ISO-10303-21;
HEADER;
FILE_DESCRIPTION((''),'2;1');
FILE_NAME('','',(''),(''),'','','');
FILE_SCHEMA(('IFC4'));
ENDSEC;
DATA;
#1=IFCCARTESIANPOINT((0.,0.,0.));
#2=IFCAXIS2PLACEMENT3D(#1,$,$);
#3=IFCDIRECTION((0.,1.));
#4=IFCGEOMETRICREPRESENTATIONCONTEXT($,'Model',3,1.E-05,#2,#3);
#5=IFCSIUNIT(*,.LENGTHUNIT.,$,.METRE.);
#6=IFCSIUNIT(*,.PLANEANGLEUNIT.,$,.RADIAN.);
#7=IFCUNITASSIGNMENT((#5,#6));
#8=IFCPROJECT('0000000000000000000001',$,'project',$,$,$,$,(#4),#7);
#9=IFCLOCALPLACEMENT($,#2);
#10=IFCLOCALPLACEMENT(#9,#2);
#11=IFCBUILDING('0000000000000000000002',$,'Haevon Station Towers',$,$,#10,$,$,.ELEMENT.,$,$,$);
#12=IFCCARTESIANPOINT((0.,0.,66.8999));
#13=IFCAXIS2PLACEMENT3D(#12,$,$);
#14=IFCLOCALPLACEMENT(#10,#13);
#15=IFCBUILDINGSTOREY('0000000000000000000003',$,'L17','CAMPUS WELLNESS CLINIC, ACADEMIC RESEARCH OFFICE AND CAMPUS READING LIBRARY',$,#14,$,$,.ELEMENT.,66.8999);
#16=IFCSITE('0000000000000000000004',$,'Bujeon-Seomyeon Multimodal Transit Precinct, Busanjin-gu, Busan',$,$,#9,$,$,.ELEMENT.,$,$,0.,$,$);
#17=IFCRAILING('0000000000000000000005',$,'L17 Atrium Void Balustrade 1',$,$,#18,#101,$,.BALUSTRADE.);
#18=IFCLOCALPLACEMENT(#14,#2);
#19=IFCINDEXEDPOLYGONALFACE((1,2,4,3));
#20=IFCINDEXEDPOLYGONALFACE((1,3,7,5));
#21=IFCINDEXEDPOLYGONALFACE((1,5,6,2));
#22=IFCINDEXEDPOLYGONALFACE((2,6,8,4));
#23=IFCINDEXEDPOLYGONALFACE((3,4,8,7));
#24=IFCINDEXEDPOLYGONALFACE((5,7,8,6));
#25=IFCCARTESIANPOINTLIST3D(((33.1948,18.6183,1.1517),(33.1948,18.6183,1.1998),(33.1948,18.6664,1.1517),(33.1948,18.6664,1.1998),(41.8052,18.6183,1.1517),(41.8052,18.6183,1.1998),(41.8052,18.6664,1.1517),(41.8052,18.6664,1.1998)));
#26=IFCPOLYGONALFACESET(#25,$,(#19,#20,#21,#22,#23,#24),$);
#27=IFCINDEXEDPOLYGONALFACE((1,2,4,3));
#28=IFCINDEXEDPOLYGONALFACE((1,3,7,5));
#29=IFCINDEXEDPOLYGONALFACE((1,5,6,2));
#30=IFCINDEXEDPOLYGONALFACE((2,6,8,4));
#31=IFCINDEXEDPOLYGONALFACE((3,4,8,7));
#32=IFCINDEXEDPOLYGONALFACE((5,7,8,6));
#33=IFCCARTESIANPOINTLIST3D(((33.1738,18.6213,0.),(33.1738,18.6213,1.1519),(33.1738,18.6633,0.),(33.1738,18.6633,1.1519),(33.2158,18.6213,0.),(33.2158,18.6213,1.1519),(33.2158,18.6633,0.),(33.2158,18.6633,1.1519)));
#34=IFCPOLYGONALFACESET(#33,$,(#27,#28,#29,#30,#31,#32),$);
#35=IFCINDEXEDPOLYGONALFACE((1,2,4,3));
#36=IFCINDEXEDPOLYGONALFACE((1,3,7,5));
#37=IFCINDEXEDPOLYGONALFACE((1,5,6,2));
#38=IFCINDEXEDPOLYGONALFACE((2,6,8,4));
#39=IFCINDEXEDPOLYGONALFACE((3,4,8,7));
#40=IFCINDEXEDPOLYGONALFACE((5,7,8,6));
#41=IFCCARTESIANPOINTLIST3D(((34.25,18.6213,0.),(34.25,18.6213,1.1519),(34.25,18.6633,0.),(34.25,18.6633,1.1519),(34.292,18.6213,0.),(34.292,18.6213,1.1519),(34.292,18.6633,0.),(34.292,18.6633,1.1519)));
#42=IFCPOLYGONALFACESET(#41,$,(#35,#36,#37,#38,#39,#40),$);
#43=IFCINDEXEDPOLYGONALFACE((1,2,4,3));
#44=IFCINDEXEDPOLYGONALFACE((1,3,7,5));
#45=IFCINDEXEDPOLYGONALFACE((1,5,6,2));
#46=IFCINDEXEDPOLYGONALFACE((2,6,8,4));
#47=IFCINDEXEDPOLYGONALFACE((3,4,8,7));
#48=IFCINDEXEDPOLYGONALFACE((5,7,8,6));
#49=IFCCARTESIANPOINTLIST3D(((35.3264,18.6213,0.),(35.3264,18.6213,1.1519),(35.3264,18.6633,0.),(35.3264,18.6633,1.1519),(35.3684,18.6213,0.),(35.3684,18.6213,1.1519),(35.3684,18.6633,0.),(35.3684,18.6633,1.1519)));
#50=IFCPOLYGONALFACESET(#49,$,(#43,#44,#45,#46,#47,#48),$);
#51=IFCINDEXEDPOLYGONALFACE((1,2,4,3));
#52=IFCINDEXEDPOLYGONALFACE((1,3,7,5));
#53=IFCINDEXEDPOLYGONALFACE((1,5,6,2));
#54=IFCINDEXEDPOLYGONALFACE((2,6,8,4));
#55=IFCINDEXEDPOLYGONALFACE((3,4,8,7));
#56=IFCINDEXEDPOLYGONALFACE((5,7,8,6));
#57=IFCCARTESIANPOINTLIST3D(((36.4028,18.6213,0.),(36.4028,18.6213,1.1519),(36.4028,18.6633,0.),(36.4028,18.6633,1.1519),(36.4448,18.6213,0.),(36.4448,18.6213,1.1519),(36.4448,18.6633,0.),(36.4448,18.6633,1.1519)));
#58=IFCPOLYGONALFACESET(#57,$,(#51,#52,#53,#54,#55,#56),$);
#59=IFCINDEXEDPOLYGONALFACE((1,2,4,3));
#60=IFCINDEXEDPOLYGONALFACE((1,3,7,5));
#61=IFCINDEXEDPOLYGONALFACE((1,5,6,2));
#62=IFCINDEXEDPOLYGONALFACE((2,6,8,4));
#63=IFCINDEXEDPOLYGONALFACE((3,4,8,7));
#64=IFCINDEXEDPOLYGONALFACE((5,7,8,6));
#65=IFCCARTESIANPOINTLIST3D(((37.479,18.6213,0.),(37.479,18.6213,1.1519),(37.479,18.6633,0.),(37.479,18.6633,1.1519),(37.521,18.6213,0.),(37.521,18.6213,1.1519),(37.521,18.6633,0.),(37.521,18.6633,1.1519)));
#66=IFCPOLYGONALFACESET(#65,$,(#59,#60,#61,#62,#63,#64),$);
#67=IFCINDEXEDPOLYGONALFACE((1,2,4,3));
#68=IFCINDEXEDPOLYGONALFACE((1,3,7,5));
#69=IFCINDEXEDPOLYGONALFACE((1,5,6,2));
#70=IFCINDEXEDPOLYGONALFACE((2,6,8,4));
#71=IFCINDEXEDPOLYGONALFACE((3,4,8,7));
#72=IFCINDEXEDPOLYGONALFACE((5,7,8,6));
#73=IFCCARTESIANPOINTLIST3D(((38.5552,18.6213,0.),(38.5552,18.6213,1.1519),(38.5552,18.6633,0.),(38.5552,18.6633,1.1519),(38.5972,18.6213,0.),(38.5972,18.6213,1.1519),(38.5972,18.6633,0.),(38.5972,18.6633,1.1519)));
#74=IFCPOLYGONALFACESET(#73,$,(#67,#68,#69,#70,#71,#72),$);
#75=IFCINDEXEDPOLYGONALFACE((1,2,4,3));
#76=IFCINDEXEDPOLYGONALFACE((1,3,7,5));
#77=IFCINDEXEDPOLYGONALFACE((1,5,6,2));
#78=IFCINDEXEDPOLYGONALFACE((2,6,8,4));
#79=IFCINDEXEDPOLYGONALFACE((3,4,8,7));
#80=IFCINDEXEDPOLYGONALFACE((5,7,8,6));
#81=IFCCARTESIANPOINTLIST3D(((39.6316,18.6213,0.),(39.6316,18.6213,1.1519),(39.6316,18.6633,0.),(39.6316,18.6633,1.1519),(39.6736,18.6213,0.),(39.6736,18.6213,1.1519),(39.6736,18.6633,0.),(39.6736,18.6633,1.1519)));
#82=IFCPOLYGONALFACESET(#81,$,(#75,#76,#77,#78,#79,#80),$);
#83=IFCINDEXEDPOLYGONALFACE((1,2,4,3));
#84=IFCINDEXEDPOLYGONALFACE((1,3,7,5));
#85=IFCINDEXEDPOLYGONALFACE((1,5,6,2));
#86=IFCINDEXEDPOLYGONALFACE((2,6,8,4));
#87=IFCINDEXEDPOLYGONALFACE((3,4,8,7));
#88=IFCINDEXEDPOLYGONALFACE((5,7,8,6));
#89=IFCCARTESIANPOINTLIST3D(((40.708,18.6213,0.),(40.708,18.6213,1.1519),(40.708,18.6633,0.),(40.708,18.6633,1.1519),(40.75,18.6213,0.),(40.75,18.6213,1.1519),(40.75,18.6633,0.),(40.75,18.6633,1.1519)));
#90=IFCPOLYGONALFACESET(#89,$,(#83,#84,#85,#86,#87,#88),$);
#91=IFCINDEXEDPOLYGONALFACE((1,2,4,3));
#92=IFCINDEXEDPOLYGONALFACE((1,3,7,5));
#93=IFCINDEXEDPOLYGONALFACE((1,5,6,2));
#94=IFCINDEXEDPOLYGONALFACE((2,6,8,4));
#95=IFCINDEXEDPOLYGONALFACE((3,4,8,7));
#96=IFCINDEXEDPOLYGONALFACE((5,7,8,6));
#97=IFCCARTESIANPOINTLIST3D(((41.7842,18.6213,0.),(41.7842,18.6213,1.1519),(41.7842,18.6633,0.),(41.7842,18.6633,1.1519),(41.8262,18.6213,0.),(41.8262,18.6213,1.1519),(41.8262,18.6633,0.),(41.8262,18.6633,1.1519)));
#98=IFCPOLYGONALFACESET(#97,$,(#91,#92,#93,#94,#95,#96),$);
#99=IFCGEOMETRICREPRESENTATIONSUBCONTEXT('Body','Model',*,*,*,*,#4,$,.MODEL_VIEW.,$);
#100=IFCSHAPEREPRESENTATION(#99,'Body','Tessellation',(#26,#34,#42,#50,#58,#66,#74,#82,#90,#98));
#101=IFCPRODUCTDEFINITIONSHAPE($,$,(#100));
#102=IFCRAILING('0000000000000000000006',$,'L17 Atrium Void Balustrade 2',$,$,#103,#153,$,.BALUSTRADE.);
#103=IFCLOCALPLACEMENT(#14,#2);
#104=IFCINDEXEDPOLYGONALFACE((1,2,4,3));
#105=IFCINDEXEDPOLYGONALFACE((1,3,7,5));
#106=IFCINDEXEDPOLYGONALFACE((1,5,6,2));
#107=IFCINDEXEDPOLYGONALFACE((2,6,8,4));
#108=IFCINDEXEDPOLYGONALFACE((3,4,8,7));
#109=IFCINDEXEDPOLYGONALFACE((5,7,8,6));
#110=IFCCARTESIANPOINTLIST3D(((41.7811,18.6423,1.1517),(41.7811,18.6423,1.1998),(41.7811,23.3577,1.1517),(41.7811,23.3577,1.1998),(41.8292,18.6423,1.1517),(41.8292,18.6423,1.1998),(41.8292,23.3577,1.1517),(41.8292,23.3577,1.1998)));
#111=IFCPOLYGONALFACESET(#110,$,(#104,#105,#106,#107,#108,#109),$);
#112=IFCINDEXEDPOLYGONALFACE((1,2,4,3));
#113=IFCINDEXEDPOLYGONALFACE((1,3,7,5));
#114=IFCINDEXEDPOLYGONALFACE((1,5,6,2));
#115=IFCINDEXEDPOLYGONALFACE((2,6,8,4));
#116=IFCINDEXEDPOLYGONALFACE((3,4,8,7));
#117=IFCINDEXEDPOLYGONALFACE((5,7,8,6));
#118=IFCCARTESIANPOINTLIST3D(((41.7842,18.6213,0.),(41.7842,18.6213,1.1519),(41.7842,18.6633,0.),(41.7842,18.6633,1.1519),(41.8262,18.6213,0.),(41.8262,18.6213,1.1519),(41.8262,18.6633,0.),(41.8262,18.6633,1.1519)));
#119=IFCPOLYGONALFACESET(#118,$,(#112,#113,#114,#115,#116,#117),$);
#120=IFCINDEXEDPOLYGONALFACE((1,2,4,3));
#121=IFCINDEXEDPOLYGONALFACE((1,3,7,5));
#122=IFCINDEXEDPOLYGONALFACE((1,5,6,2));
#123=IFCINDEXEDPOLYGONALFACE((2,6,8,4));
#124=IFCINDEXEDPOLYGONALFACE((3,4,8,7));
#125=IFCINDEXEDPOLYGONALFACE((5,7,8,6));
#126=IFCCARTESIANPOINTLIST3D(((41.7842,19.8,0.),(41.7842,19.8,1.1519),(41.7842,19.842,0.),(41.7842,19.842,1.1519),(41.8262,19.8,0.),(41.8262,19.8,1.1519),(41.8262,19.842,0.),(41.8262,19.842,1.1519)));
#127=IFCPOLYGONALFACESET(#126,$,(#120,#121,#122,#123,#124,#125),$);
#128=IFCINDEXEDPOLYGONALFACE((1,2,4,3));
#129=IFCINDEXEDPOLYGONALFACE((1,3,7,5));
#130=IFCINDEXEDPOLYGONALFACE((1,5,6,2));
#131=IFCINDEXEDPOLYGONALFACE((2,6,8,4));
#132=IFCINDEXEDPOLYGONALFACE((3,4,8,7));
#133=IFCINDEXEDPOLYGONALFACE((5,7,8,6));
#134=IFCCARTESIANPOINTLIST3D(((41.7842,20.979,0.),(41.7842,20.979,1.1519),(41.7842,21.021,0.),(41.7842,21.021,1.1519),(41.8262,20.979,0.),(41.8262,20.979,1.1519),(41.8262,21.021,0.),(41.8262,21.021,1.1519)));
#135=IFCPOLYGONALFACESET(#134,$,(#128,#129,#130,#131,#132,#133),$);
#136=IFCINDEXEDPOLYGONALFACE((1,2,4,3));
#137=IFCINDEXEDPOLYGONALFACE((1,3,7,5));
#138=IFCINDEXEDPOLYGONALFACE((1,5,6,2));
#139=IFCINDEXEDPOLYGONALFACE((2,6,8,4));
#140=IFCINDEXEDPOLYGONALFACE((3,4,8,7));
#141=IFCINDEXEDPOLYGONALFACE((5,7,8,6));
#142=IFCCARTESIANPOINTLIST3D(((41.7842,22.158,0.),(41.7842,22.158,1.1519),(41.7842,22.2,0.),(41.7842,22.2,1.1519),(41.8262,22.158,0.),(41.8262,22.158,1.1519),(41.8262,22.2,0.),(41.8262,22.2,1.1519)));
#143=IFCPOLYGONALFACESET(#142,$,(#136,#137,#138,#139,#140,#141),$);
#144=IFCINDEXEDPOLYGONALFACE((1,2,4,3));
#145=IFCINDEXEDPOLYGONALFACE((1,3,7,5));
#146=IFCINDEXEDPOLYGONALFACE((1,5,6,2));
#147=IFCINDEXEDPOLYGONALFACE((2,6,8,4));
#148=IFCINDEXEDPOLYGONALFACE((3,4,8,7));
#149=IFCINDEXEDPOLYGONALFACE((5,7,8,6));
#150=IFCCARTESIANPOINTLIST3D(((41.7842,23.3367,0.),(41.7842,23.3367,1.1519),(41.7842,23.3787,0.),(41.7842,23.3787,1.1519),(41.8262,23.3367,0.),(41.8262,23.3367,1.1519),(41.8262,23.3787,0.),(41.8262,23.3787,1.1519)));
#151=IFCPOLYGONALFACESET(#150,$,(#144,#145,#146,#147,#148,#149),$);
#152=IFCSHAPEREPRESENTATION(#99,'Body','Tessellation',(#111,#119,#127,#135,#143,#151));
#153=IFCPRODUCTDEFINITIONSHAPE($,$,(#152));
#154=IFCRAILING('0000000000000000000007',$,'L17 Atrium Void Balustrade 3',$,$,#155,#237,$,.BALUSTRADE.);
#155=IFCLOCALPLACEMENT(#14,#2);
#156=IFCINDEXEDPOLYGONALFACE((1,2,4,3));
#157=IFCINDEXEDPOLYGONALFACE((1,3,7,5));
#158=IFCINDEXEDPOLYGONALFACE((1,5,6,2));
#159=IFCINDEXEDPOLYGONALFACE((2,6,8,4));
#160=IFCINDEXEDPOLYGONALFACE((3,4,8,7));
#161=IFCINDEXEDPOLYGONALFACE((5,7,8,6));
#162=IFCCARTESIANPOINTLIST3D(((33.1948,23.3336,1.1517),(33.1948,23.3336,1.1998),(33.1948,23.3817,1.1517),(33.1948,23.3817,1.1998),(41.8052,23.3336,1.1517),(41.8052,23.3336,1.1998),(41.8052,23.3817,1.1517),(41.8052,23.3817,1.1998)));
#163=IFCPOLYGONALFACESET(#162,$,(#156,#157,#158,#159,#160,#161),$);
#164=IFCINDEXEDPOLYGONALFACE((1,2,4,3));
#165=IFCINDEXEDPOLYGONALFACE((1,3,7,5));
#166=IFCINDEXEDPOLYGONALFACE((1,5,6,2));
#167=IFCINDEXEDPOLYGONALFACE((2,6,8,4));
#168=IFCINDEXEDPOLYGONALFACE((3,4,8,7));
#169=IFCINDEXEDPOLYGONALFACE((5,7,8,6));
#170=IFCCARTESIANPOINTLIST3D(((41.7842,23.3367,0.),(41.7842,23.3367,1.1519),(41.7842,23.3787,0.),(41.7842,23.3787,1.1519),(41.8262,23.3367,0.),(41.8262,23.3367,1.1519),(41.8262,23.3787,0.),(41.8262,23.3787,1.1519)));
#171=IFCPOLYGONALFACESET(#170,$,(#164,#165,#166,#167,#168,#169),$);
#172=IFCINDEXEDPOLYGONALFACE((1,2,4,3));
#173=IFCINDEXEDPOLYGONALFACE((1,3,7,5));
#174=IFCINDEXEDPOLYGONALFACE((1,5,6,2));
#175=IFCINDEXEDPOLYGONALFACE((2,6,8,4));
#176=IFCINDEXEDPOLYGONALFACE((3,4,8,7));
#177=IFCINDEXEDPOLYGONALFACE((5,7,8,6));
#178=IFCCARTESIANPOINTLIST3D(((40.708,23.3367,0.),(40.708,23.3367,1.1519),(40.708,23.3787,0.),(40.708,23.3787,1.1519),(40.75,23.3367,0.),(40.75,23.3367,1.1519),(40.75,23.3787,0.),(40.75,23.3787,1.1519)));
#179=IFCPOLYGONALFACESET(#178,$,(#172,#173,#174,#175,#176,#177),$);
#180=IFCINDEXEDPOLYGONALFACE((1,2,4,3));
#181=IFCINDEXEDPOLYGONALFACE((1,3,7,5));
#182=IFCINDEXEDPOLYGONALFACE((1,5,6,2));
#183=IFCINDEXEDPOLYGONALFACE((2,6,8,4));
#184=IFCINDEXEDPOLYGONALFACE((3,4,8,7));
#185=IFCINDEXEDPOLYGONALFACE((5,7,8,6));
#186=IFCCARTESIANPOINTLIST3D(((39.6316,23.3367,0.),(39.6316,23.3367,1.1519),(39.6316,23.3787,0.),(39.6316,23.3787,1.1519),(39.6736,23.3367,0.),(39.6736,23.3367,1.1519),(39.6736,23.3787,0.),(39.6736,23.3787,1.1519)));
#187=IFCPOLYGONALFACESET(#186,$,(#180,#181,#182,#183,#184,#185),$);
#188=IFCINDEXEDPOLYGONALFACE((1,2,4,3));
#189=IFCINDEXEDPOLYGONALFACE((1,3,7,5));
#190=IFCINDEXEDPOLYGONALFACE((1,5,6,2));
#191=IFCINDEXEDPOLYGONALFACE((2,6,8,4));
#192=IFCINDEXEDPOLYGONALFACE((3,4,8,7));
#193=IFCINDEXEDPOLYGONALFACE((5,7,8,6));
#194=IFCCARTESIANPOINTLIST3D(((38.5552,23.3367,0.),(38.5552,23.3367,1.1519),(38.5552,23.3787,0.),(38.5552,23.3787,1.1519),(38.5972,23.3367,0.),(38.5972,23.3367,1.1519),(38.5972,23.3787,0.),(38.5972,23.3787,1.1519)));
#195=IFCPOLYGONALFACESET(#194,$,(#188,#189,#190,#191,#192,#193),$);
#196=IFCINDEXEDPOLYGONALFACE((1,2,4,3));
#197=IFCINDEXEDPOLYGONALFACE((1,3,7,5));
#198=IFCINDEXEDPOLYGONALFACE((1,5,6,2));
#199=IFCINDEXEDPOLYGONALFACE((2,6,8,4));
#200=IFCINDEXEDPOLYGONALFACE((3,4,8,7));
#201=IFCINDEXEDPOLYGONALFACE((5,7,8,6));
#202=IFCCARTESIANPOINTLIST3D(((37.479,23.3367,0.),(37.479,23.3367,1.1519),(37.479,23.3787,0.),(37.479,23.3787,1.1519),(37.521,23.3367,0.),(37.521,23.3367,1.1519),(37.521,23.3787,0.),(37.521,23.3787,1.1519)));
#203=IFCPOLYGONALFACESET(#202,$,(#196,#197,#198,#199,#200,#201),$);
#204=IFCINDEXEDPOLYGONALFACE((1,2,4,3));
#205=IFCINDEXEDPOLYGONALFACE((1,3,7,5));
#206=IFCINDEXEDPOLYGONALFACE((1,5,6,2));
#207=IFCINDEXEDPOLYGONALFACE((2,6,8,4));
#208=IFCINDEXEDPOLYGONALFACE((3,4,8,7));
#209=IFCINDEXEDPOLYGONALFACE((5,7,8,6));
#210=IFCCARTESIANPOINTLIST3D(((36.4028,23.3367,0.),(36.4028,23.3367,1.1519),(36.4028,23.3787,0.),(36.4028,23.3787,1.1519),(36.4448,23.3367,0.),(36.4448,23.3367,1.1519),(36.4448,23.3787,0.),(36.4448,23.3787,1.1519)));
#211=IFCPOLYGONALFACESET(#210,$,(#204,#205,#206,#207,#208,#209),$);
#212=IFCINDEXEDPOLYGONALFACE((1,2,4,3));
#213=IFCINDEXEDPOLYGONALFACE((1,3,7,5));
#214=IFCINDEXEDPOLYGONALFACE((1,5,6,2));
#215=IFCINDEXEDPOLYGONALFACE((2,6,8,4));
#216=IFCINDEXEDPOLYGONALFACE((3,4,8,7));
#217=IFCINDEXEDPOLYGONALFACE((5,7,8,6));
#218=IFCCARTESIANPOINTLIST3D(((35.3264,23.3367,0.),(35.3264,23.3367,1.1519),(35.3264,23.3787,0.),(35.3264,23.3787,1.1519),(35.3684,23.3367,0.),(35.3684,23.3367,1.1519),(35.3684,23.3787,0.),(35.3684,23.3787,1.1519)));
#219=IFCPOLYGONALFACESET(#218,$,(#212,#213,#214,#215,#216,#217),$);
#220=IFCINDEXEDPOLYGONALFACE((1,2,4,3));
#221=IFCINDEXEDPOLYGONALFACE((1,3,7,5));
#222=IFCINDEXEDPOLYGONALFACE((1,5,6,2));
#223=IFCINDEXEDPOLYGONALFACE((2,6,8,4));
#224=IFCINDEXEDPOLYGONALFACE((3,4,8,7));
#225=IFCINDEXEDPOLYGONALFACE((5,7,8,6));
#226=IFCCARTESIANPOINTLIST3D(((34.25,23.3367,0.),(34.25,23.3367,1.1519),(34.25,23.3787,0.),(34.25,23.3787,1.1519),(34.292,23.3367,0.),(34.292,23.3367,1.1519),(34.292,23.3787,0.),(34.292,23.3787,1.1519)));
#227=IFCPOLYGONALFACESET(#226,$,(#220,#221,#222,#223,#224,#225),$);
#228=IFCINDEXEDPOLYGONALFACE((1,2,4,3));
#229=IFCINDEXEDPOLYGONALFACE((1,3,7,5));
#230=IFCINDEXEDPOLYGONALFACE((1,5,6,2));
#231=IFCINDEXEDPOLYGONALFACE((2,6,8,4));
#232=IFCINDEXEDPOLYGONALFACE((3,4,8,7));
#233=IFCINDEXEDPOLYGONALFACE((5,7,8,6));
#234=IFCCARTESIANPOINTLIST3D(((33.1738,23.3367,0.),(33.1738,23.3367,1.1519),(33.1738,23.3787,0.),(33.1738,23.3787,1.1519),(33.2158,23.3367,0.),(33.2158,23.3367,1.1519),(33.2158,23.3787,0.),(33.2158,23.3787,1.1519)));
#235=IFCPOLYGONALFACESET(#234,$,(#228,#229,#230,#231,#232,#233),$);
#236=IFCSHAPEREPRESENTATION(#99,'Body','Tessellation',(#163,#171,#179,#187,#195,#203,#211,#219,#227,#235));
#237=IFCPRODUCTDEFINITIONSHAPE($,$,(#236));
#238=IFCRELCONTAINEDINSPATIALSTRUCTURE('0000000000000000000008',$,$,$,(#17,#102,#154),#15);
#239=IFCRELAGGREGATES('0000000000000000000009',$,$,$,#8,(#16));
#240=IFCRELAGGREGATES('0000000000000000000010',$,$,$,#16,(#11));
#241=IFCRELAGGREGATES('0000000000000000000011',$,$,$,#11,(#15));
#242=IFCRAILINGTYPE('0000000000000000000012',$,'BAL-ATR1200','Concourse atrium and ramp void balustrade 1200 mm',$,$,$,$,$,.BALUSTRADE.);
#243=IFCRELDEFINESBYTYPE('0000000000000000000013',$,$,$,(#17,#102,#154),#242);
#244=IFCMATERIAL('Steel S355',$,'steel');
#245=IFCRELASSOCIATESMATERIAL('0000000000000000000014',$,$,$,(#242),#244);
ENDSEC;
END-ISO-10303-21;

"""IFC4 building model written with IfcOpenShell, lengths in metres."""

from ifc_helpers import new_model, si_unit, direction, frame, origin, origin_2d, place, context, subcontext, project, spatial, rectangle, extrude, material, type_object, element, save


model = new_model("IFC4")

# Units and contexts
model_context = context("Model", 3, precision=1e-05, world=origin(), true_north=direction((0.0, 1.0)))
body_context = subcontext(model_context, "Body", "Model", "MODEL_VIEW")
ifc_project = project(units=[si_unit("LENGTHUNIT", "METRE"), si_unit("PLANEANGLEUNIT", "RADIAN")], contexts=[model_context])

# Site, building, storey
site_placement = place(None, origin())
site = spatial("IfcSite", under=ifc_project, at=site_placement, Name="Bujeon-Seomyeon Multimodal Transit Precinct, Busanjin-gu, Busan", CompositionType="ELEMENT", RefElevation=0.0)
building_placement = place(site_placement, origin())
building = spatial("IfcBuilding", under=site, at=building_placement, Name="Haevon Station Towers", CompositionType="ELEMENT")
storey_placement = place(building_placement, frame((0.0, 0.0, 66.8999)))
storey = spatial("IfcBuildingStorey", under=building, at=storey_placement, Name="L17", Description="CAMPUS WELLNESS CLINIC, ACADEMIC RESEARCH OFFICE AND CAMPUS READING LIBRARY", CompositionType="ELEMENT", Elevation=66.8999)

# Shared definitions
ifc_material_1 = material(Name="Steel S355", Category="steel")

# Railings
railing_type = type_object("IfcRailingType", Name="BAL-ATR1200", Description="Concourse atrium and ramp void balustrade 1200 mm", PredefinedType="BALUSTRADE", material=ifc_material_1)
railing_1_placement = place(storey_placement, frame((33.1948, 18.6423, 0.0)))
element("IfcRailing", 1, at=railing_1_placement, inside=storey, type_object=railing_type, Name="L17 Atrium Void Balustrade 1", PredefinedType="BALUSTRADE", context=body_context, shape_type="SweptSolid", body=[
    extrude(rectangle(XDim=0.0481, YDim=0.0481, at=origin_2d()), frame((0.0, 0.0, 1.1758), z_axis=(1.0, 0.0, 0.0), x_axis=(0.0, 1.0, 0.0)), (0.0, 0.0, 1.0), 8.6104),
    extrude(rectangle(XDim=0.042, YDim=0.042, at=origin_2d()), origin(), (0.0, 0.0, 1.0), 1.1519),
    extrude(rectangle(XDim=0.042, YDim=0.042, at=origin_2d()), frame((1.0762, 0.0, 0.0)), (0.0, 0.0, 1.0), 1.1519),
    extrude(rectangle(XDim=0.042, YDim=0.042, at=origin_2d()), frame((2.1526, 0.0, 0.0)), (0.0, 0.0, 1.0), 1.1519),
    extrude(rectangle(XDim=0.042, YDim=0.042, at=origin_2d()), frame((3.229, 0.0, 0.0)), (0.0, 0.0, 1.0), 1.1519),
    extrude(rectangle(XDim=0.042, YDim=0.042, at=origin_2d()), frame((4.3052, 0.0, 0.0)), (0.0, 0.0, 1.0), 1.1519),
    extrude(rectangle(XDim=0.042, YDim=0.042, at=origin_2d()), frame((5.3813, 0.0, 0.0)), (0.0, 0.0, 1.0), 1.1519),
    extrude(rectangle(XDim=0.042, YDim=0.042, at=origin_2d()), frame((6.4578, 0.0, 0.0)), (0.0, 0.0, 1.0), 1.1519),
    extrude(rectangle(XDim=0.042, YDim=0.042, at=origin_2d()), frame((7.5342, 0.0, 0.0)), (0.0, 0.0, 1.0), 1.1519),
    extrude(rectangle(XDim=0.042, YDim=0.042, at=origin_2d()), frame((8.6104, 0.0, 0.0)), (0.0, 0.0, 1.0), 1.1519),
])
railing_2_placement = place(storey_placement, frame((41.8052, 18.6423, 0.0)))
element("IfcRailing", 2, at=railing_2_placement, inside=storey, type_object=railing_type, Name="L17 Atrium Void Balustrade 2", PredefinedType="BALUSTRADE", context=body_context, shape_type="SweptSolid", body=[
    extrude(rectangle(XDim=0.0481, YDim=0.0481, at=origin_2d()), frame((0.0, 0.0, 1.1758), z_axis=(0.0, 1.0, 0.0), x_axis=(-1.0, 0.0, 0.0)), (0.0, 0.0, 1.0), 4.7153),
    extrude(rectangle(XDim=0.042, YDim=0.042, at=origin_2d()), origin(), (0.0, 0.0, 1.0), 1.1519),
    extrude(rectangle(XDim=0.042, YDim=0.042, at=origin_2d()), frame((0.0, 1.1787, 0.0)), (0.0, 0.0, 1.0), 1.1519),
    extrude(rectangle(XDim=0.042, YDim=0.042, at=origin_2d()), frame((0.0, 2.3577, 0.0)), (0.0, 0.0, 1.0), 1.1519),
    extrude(rectangle(XDim=0.042, YDim=0.042, at=origin_2d()), frame((0.0, 3.5366, 0.0)), (0.0, 0.0, 1.0), 1.1519),
    extrude(rectangle(XDim=0.042, YDim=0.042, at=origin_2d()), frame((0.0, 4.7153, 0.0)), (0.0, 0.0, 1.0), 1.1519),
])
railing_3_placement = place(storey_placement, frame((41.8052, 23.3577, 0.0)))
element("IfcRailing", 3, at=railing_3_placement, inside=storey, type_object=railing_type, Name="L17 Atrium Void Balustrade 3", PredefinedType="BALUSTRADE", context=body_context, shape_type="SweptSolid", body=[
    extrude(rectangle(XDim=0.0481, YDim=0.0481, at=origin_2d()), frame((0.0, 0.0, 1.1758), z_axis=(-1.0, 0.0, 0.0), x_axis=(0.0, -1.0, 0.0)), (0.0, 0.0, 1.0), 8.6104),
    extrude(rectangle(XDim=0.042, YDim=0.042, at=origin_2d()), origin(), (0.0, 0.0, 1.0), 1.1519),
    extrude(rectangle(XDim=0.042, YDim=0.042, at=origin_2d()), frame((-1.0762, 0.0, 0.0)), (0.0, 0.0, 1.0), 1.1519),
    extrude(rectangle(XDim=0.042, YDim=0.042, at=origin_2d()), frame((-2.1526, 0.0, 0.0)), (0.0, 0.0, 1.0), 1.1519),
    extrude(rectangle(XDim=0.042, YDim=0.042, at=origin_2d()), frame((-3.229, 0.0, 0.0)), (0.0, 0.0, 1.0), 1.1519),
    extrude(rectangle(XDim=0.042, YDim=0.042, at=origin_2d()), frame((-4.3052, 0.0, 0.0)), (0.0, 0.0, 1.0), 1.1519),
    extrude(rectangle(XDim=0.042, YDim=0.042, at=origin_2d()), frame((-5.3813, 0.0, 0.0)), (0.0, 0.0, 1.0), 1.1519),
    extrude(rectangle(XDim=0.042, YDim=0.042, at=origin_2d()), frame((-6.4578, 0.0, 0.0)), (0.0, 0.0, 1.0), 1.1519),
    extrude(rectangle(XDim=0.042, YDim=0.042, at=origin_2d()), frame((-7.5342, 0.0, 0.0)), (0.0, 0.0, 1.0), 1.1519),
    extrude(rectangle(XDim=0.042, YDim=0.042, at=origin_2d()), frame((-8.6104, 0.0, 0.0)), (0.0, 0.0, 1.0), 1.1519),
])

save(model, "model.ifc")
